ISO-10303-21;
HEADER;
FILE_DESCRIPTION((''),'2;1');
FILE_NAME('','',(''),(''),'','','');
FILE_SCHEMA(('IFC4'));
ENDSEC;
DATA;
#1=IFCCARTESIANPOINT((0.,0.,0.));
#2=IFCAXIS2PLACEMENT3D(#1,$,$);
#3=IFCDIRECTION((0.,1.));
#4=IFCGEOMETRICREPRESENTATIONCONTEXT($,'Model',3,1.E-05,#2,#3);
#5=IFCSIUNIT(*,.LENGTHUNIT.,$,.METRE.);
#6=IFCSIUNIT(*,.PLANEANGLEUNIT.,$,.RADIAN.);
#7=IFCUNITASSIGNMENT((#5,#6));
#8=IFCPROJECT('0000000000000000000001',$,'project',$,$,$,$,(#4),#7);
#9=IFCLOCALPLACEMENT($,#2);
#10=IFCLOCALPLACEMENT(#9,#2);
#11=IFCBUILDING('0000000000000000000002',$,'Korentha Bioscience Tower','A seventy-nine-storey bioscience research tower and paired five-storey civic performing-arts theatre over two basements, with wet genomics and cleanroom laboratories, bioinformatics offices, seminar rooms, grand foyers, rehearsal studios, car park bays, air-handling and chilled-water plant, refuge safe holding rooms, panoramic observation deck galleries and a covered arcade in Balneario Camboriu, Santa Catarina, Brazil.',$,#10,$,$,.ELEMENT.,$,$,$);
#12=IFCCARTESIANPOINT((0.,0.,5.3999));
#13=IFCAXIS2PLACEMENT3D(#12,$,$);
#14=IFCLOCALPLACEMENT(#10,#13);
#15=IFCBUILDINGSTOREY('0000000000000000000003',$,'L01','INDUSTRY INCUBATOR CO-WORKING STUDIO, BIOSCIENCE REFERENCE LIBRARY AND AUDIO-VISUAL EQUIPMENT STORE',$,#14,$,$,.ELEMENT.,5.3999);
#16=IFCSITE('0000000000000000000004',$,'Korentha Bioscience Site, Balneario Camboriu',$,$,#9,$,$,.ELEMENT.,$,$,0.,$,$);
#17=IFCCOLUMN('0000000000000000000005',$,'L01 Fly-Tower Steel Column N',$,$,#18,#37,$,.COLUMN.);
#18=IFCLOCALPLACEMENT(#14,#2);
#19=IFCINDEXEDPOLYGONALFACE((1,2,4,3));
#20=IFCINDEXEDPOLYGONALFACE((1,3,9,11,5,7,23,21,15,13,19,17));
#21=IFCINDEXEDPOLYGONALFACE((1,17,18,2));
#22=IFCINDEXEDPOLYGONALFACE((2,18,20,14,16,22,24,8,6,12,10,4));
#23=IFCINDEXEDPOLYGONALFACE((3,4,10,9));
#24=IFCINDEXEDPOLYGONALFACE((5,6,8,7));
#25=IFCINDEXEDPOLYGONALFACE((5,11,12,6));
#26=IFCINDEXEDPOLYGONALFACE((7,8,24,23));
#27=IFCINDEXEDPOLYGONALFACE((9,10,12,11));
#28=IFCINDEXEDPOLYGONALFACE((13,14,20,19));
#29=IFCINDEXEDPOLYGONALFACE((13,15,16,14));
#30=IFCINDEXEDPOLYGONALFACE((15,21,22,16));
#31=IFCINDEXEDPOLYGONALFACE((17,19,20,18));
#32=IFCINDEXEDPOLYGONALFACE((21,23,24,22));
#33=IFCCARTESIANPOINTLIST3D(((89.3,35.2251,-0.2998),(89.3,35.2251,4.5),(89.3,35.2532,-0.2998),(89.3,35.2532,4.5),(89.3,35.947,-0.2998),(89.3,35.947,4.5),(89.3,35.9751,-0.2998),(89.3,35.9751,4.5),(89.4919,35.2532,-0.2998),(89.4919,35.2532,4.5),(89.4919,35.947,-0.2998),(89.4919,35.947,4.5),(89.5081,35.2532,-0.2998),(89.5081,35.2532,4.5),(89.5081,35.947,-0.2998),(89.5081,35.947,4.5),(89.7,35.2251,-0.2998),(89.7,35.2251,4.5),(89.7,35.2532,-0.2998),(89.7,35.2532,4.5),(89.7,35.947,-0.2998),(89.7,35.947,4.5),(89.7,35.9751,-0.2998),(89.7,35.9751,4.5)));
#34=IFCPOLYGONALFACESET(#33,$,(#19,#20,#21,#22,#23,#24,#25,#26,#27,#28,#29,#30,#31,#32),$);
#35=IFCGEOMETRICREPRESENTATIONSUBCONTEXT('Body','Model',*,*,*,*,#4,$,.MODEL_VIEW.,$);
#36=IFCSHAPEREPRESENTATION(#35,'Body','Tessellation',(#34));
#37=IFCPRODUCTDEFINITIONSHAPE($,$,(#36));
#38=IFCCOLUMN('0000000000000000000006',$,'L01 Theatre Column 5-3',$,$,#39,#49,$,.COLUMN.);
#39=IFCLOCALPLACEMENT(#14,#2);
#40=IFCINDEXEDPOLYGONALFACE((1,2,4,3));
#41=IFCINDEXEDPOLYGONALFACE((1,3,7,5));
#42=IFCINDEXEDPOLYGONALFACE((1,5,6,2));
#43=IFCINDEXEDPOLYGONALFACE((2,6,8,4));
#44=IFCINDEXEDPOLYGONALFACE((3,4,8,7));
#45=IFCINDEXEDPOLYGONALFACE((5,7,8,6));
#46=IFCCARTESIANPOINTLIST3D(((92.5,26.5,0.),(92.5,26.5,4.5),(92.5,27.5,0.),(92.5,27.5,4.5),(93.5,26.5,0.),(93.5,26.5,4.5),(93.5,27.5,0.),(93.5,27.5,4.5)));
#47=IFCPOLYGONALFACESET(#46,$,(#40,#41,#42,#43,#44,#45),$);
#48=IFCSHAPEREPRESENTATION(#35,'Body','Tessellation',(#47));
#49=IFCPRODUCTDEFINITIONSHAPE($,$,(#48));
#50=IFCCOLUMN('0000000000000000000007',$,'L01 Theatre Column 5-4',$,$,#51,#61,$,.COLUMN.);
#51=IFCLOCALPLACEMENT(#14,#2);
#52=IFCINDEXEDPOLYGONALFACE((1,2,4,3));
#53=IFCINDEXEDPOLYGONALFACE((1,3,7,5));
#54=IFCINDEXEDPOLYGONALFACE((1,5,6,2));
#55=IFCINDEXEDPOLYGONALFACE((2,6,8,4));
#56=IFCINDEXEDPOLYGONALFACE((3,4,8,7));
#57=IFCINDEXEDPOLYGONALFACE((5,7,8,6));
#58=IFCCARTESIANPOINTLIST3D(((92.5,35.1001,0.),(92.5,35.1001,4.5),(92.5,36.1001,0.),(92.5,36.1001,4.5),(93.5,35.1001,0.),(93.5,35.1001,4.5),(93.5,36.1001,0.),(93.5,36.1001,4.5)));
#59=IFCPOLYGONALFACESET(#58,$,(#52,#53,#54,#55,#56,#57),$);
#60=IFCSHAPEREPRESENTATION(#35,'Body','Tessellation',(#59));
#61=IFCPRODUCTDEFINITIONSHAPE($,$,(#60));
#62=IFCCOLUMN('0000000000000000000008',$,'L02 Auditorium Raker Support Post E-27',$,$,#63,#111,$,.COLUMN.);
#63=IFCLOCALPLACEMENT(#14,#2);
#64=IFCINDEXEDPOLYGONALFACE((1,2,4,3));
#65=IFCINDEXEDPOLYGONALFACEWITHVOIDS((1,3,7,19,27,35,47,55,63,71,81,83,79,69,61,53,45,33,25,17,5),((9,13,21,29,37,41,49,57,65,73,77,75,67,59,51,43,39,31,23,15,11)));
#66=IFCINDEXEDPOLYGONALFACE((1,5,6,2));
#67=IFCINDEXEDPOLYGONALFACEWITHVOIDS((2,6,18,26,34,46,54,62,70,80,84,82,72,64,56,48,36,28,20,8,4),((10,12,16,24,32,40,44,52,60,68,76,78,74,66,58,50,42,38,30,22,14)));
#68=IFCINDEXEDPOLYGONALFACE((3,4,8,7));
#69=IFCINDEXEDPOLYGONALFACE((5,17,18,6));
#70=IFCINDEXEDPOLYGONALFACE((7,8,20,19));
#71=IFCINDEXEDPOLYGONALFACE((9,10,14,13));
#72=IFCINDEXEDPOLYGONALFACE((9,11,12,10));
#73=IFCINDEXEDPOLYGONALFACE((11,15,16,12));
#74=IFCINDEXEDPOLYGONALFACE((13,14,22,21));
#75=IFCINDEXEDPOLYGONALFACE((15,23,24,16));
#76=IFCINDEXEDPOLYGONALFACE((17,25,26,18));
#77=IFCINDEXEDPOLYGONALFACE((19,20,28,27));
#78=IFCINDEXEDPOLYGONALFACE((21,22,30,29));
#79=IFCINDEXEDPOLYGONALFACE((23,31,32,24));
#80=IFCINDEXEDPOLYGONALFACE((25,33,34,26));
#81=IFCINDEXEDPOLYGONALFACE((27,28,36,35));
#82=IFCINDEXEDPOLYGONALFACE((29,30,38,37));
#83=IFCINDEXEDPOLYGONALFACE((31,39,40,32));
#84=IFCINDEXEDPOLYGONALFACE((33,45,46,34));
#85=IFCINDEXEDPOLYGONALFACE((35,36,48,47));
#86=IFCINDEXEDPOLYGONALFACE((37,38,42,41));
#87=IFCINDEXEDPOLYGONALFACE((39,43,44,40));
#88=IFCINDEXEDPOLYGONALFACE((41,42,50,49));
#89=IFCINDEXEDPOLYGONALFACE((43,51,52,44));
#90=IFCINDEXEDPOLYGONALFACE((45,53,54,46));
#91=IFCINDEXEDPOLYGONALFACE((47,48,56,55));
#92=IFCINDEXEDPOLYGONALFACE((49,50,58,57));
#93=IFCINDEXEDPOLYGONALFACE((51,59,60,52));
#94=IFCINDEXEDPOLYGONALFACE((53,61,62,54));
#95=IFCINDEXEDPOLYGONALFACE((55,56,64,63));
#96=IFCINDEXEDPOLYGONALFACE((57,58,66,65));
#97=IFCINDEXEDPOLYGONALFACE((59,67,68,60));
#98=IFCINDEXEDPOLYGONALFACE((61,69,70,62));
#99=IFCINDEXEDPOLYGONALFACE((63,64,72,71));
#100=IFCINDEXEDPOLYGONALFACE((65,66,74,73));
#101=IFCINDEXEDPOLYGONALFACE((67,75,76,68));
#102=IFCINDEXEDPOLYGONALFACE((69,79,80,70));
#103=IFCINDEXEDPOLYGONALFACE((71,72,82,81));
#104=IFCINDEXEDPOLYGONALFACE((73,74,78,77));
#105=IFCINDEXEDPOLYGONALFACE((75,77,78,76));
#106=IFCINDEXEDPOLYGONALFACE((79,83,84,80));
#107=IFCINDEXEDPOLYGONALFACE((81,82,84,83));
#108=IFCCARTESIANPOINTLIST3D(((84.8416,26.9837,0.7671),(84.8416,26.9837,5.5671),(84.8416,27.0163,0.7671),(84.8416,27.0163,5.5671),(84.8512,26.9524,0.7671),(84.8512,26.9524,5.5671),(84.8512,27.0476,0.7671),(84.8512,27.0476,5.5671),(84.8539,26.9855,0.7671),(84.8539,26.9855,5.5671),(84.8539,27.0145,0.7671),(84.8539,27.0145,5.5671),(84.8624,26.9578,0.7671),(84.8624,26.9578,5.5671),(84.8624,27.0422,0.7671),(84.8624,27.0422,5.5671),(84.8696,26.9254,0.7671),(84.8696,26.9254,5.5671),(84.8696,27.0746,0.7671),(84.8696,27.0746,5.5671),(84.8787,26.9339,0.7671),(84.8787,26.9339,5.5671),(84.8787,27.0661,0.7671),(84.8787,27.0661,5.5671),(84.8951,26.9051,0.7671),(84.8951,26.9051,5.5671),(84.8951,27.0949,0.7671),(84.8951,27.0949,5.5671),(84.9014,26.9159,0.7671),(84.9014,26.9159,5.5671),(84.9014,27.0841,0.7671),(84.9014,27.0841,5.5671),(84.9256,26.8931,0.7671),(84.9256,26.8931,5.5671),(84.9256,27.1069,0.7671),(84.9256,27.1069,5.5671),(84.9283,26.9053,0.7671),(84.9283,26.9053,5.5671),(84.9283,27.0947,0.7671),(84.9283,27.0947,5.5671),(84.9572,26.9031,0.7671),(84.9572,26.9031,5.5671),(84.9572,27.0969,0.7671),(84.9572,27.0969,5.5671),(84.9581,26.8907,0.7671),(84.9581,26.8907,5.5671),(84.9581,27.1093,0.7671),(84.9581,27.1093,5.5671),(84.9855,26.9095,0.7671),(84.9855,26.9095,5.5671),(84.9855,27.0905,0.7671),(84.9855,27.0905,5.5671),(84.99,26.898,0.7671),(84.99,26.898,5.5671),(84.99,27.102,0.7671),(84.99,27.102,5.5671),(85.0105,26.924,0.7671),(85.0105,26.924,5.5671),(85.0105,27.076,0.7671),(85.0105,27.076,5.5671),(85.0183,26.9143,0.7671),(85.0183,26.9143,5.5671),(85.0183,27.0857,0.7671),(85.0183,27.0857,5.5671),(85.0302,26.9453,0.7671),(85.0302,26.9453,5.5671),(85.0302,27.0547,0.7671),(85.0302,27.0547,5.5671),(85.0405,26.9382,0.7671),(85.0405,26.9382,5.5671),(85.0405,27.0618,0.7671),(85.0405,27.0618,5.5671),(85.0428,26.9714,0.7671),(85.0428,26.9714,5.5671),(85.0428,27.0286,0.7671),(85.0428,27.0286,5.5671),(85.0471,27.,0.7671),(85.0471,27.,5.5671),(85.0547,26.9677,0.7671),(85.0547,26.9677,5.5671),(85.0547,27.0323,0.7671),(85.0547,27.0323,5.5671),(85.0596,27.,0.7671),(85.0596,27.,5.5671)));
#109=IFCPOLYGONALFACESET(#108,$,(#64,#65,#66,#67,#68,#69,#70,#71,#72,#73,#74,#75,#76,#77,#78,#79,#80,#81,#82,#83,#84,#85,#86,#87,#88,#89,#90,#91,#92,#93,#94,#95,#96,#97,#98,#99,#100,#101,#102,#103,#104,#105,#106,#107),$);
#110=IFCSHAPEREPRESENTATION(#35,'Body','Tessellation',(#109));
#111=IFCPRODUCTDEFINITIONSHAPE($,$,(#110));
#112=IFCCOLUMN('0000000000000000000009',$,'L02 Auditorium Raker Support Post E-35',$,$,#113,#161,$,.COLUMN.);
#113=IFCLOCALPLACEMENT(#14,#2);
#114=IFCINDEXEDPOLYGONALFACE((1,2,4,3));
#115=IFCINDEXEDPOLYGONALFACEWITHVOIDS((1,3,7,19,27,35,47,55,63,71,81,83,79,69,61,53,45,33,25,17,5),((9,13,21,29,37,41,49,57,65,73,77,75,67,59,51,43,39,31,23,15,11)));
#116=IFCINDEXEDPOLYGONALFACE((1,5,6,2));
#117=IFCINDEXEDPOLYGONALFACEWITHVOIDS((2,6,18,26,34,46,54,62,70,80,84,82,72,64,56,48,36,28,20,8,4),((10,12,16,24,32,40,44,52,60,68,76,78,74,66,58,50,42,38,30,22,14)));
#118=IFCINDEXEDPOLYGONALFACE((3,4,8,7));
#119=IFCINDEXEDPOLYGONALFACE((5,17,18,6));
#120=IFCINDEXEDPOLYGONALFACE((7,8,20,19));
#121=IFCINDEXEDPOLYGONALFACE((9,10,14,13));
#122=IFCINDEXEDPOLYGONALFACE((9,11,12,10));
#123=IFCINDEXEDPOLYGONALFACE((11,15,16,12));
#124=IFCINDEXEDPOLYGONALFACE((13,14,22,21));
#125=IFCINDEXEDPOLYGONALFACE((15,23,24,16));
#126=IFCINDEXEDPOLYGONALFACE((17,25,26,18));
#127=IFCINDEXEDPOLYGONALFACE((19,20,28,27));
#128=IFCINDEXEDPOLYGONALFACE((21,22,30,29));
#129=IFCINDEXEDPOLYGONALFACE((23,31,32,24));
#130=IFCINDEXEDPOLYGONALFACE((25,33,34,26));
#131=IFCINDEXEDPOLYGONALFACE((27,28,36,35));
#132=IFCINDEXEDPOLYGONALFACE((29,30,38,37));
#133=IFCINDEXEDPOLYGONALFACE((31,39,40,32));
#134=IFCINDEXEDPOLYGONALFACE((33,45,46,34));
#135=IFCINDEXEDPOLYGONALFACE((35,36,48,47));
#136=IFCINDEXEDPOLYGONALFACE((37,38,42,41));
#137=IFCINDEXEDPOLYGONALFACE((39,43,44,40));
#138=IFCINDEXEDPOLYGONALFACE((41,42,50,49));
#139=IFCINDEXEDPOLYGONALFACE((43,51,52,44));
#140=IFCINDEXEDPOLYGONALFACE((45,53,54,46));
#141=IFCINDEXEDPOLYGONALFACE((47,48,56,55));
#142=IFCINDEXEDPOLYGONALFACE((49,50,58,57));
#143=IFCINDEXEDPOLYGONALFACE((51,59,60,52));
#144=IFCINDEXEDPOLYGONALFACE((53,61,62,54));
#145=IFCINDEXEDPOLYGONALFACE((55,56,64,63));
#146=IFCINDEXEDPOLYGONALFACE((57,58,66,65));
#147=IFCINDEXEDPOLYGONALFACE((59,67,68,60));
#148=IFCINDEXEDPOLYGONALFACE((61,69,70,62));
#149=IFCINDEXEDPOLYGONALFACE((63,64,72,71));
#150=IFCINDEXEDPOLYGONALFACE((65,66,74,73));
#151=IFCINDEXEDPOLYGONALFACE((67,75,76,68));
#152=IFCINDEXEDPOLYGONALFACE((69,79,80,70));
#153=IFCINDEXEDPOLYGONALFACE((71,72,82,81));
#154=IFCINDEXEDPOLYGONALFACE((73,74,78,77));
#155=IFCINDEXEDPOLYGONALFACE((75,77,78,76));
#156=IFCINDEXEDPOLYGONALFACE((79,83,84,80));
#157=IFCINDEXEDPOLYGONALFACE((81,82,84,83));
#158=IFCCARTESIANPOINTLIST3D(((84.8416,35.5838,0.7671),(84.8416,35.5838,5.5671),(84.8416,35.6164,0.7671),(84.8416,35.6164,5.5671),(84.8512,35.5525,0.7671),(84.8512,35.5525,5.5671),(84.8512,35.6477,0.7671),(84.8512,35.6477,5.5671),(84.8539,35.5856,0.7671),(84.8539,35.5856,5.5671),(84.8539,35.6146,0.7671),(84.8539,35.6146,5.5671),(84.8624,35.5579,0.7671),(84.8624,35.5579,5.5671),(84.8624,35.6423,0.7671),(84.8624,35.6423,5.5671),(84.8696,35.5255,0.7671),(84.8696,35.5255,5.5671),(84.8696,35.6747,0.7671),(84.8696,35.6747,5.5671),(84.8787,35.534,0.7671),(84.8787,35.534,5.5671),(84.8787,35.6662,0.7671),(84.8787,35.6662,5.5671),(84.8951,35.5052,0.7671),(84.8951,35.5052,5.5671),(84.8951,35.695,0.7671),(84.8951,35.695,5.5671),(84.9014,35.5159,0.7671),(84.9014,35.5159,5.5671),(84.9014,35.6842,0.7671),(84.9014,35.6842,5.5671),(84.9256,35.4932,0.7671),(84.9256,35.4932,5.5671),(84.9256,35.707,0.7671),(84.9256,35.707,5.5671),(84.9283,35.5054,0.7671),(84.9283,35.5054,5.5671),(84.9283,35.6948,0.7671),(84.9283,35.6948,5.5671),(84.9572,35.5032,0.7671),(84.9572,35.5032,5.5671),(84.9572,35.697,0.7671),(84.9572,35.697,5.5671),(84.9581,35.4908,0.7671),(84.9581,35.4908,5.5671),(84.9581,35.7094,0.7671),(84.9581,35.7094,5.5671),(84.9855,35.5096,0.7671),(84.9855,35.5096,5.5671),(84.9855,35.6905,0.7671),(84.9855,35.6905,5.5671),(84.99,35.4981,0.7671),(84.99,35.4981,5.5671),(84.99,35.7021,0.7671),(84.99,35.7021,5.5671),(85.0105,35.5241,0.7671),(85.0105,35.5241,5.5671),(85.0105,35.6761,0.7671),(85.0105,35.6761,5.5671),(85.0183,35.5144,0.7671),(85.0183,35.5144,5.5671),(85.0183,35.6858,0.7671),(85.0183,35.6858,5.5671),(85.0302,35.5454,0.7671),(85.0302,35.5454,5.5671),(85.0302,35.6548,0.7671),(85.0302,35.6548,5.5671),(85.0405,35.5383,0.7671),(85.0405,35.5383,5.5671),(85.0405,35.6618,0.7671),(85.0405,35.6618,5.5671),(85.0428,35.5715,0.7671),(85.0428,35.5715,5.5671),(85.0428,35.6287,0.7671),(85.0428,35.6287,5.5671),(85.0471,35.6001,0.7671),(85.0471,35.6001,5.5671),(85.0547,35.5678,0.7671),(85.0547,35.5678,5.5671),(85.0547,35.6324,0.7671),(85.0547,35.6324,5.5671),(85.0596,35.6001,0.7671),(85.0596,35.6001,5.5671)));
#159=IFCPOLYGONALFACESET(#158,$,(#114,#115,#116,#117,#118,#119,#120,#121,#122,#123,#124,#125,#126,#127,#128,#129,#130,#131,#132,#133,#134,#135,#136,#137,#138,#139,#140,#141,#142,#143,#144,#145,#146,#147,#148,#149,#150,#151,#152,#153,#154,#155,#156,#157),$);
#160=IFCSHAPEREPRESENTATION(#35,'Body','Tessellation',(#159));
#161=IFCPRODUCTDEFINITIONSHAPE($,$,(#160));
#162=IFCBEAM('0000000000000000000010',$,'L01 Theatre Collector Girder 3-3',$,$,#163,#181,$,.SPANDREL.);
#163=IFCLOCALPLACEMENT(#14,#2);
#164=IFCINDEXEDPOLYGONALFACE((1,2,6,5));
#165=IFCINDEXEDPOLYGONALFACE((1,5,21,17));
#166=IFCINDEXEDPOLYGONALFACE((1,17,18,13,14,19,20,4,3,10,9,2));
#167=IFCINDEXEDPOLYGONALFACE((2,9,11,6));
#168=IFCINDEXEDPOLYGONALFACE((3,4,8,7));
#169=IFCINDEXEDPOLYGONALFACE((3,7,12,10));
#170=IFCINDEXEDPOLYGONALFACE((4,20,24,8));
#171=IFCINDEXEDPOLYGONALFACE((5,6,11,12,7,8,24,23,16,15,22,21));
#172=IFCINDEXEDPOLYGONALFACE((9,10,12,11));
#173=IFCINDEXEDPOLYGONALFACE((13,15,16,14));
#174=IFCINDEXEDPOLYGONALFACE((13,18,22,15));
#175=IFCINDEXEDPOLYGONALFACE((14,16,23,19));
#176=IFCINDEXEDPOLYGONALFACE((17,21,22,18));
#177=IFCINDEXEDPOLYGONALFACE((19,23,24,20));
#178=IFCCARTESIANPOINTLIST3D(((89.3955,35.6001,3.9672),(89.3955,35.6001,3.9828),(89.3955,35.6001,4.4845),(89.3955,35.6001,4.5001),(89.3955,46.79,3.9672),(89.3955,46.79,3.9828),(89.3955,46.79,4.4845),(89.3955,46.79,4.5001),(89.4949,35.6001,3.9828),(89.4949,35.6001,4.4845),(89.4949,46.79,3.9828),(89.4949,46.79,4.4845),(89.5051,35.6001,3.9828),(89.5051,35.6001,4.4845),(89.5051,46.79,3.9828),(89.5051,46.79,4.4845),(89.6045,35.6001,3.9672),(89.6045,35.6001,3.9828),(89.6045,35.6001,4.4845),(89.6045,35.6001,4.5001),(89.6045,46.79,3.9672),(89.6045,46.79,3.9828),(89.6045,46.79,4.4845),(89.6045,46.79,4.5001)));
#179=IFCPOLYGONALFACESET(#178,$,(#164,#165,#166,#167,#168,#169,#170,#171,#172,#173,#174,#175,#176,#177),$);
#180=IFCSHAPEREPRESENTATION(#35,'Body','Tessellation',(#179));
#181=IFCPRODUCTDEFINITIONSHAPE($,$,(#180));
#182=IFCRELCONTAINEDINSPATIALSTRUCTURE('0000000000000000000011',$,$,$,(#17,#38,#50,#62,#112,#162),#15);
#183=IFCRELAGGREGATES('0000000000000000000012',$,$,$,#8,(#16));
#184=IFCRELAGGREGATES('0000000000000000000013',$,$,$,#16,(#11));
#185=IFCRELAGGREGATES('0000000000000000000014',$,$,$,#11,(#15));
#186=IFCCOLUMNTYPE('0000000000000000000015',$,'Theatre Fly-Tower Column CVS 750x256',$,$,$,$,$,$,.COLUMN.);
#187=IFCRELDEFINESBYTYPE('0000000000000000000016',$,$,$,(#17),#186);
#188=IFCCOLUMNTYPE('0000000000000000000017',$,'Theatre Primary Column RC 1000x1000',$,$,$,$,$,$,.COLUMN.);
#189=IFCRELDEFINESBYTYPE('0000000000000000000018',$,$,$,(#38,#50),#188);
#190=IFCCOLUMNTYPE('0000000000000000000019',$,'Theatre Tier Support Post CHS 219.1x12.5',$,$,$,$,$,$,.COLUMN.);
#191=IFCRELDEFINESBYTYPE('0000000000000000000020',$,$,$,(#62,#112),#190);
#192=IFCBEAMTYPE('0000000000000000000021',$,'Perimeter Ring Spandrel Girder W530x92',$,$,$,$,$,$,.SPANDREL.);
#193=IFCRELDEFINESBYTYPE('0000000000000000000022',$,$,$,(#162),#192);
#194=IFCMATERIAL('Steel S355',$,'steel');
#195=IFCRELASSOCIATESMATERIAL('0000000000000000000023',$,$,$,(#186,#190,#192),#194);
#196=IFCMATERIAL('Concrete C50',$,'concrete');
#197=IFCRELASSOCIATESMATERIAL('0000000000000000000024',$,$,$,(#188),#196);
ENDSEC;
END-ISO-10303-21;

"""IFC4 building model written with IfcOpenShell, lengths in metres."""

from ifc_helpers import new_model, si_unit, direction, frame, origin, origin_2d, place, context, subcontext, project, spatial, rectangle, hollow_circle, i_section, extrude, material, material_profile, profile_set, type_object, element, save


model = new_model("IFC4")

# Units and contexts
model_context = context("Model", 3, precision=1e-05, world=origin(), true_north=direction((0.0, 1.0)))
body_context = subcontext(model_context, "Body", "Model", "MODEL_VIEW")
ifc_project = project(units=[si_unit("LENGTHUNIT", "METRE"), si_unit("PLANEANGLEUNIT", "RADIAN")], contexts=[model_context])

# Site, building, storey
site_placement = place(None, origin())
site = spatial("IfcSite", under=ifc_project, at=site_placement, Name="Korentha Bioscience Site, Balneario Camboriu", CompositionType="ELEMENT", RefElevation=0.0)
building_placement = place(site_placement, origin())
building = spatial("IfcBuilding", under=site, at=building_placement, Name="Korentha Bioscience Tower", Description="A seventy-nine-storey bioscience research tower and paired five-storey civic performing-arts theatre over two basements, with wet genomics and cleanroom laboratories, bioinformatics offices, seminar rooms, grand foyers, rehearsal studios, car park bays, air-handling and chilled-water plant, refuge safe holding rooms, panoramic observation deck galleries and a covered arcade in Balneario Camboriu, Santa Catarina, Brazil.", CompositionType="ELEMENT")
storey_placement = place(building_placement, frame((0.0, 0.0, 5.3999)))
storey = spatial("IfcBuildingStorey", under=building, at=storey_placement, Name="L01", Description="INDUSTRY INCUBATOR CO-WORKING STUDIO, BIOSCIENCE REFERENCE LIBRARY AND AUDIO-VISUAL EQUIPMENT STORE", CompositionType="ELEMENT", Elevation=5.3999)

# Columns
ifc_material_1 = material(Name="Steel S355", Category="steel")
ifc_material_profile_1 = material_profile(ifc_material_1, i_section(OverallWidth=0.3999, OverallDepth=0.75, WebThickness=0.0161, FlangeThickness=0.0281, at=origin_2d()), Name="Steel S355")
ifc_profile_set_1 = profile_set([ifc_material_profile_1], Name="Steel S355 (TC-02)")
column_type_1 = type_object("IfcColumnType", Name="Theatre Fly-Tower Column CVS 750x256", PredefinedType="COLUMN", material=ifc_profile_set_1)
column_placement = place(storey_placement, frame((89.5, 35.6001, -0.2998), z_axis=(0.0, 0.0, 1.0), x_axis=(1.0, 0.0, 0.0)))
element("IfcColumn", 1, at=column_placement, inside=storey, type_object=column_type_1, Name="L01 Fly-Tower Steel Column N", PredefinedType="COLUMN", context=body_context, shape_type="SweptSolid", body=[
    extrude(i_section(OverallWidth=0.3999, OverallDepth=0.75, WebThickness=0.0161, FlangeThickness=0.0281, at=origin_2d()), origin(), (0.0, 0.0, 1.0), 4.7998),
])
ifc_material_2 = material(Name="Concrete C50", Category="concrete")
ifc_material_profile_2 = material_profile(ifc_material_2, rectangle(XDim=1.0, YDim=1.0, at=origin_2d()), Name="Concrete C50")
ifc_profile_set_2 = profile_set([ifc_material_profile_2], Name="Concrete C50 (TC-01)")
column_type_2 = type_object("IfcColumnType", Name="Theatre Primary Column RC 1000x1000", PredefinedType="COLUMN", material=ifc_profile_set_2)
for number, where, z_axis, x_axis, name in (
    (2, (93.0, 27.0, 0.0), (0.0, 0.0, 1.0), (1.0, 0.0, 0.0), "L01 Theatre Column 5-3"),
    (3, (93.0, 35.6001, 0.0), (0.0, 0.0, 1.0), (1.0, 0.0, 0.0), "L01 Theatre Column 5-4"),
):
    element("IfcColumn", number, at=place(storey_placement, frame(where, z_axis=z_axis, x_axis=x_axis)), inside=storey, type_object=column_type_2, Name=name, PredefinedType="COLUMN", context=body_context, shape_type="SweptSolid", body=[
        extrude(rectangle(XDim=1.0, YDim=1.0, at=origin_2d()), origin(), (0.0, 0.0, 1.0), 4.5),
    ])
ifc_material_profile_3 = material_profile(ifc_material_1, hollow_circle(Radius=0.1096, WallThickness=0.0125, at=origin_2d()), Name="Steel S355")
ifc_profile_set_3 = profile_set([ifc_material_profile_3], Name="Steel S355 (TC-P219)")
column_type_3 = type_object("IfcColumnType", Name="Theatre Tier Support Post CHS 219.1x12.5", PredefinedType="COLUMN", material=ifc_profile_set_3)
for number, where, z_axis, x_axis, name in (
    (4, (84.95, 27.0, 0.7671), (0.0, 0.0, 1.0), (1.0, 0.0, 0.0), "L02 Auditorium Raker Support Post E-27"),
    (5, (84.95, 35.6001, 0.7671), (0.0, 0.0, 1.0), (1.0, 0.0, 0.0), "L02 Auditorium Raker Support Post E-35"),
):
    element("IfcColumn", number, at=place(storey_placement, frame(where, z_axis=z_axis, x_axis=x_axis)), inside=storey, type_object=column_type_3, Name=name, PredefinedType="COLUMN", context=body_context, shape_type="SweptSolid", body=[
        extrude(hollow_circle(Radius=0.1096, WallThickness=0.0125, at=origin_2d()), origin(), (0.0, 0.0, 1.0), 4.8),
    ])

# Beam
ifc_material_profile_4 = material_profile(ifc_material_1, i_section(OverallWidth=0.209, OverallDepth=0.533, WebThickness=0.0103, FlangeThickness=0.0156, at=origin_2d()), Name="Steel S355")
ifc_profile_set_4 = profile_set([ifc_material_profile_4], Name="Steel S355 (SB-530)")
beam_type_1 = type_object("IfcBeamType", Name="Perimeter Ring Spandrel Girder W530x92", PredefinedType="SPANDREL", material=ifc_profile_set_4)
beam_1_placement = place(storey_placement, frame((89.5, 35.6001, 4.2336), z_axis=(0.0, 1.0, 0.0), x_axis=(-1.0, 0.0, 0.0)))
element("IfcBeam", 6, at=beam_1_placement, inside=storey, type_object=beam_type_1, Name="L01 Theatre Collector Girder 3-3", PredefinedType="SPANDREL", context=body_context, shape_type="SweptSolid", body=[
    extrude(i_section(OverallWidth=0.209, OverallDepth=0.533, WebThickness=0.0103, FlangeThickness=0.0156, at=origin_2d()), origin(), (0.0, 0.0, 1.0), 11.1899),
])

save(model, "model.ifc")
